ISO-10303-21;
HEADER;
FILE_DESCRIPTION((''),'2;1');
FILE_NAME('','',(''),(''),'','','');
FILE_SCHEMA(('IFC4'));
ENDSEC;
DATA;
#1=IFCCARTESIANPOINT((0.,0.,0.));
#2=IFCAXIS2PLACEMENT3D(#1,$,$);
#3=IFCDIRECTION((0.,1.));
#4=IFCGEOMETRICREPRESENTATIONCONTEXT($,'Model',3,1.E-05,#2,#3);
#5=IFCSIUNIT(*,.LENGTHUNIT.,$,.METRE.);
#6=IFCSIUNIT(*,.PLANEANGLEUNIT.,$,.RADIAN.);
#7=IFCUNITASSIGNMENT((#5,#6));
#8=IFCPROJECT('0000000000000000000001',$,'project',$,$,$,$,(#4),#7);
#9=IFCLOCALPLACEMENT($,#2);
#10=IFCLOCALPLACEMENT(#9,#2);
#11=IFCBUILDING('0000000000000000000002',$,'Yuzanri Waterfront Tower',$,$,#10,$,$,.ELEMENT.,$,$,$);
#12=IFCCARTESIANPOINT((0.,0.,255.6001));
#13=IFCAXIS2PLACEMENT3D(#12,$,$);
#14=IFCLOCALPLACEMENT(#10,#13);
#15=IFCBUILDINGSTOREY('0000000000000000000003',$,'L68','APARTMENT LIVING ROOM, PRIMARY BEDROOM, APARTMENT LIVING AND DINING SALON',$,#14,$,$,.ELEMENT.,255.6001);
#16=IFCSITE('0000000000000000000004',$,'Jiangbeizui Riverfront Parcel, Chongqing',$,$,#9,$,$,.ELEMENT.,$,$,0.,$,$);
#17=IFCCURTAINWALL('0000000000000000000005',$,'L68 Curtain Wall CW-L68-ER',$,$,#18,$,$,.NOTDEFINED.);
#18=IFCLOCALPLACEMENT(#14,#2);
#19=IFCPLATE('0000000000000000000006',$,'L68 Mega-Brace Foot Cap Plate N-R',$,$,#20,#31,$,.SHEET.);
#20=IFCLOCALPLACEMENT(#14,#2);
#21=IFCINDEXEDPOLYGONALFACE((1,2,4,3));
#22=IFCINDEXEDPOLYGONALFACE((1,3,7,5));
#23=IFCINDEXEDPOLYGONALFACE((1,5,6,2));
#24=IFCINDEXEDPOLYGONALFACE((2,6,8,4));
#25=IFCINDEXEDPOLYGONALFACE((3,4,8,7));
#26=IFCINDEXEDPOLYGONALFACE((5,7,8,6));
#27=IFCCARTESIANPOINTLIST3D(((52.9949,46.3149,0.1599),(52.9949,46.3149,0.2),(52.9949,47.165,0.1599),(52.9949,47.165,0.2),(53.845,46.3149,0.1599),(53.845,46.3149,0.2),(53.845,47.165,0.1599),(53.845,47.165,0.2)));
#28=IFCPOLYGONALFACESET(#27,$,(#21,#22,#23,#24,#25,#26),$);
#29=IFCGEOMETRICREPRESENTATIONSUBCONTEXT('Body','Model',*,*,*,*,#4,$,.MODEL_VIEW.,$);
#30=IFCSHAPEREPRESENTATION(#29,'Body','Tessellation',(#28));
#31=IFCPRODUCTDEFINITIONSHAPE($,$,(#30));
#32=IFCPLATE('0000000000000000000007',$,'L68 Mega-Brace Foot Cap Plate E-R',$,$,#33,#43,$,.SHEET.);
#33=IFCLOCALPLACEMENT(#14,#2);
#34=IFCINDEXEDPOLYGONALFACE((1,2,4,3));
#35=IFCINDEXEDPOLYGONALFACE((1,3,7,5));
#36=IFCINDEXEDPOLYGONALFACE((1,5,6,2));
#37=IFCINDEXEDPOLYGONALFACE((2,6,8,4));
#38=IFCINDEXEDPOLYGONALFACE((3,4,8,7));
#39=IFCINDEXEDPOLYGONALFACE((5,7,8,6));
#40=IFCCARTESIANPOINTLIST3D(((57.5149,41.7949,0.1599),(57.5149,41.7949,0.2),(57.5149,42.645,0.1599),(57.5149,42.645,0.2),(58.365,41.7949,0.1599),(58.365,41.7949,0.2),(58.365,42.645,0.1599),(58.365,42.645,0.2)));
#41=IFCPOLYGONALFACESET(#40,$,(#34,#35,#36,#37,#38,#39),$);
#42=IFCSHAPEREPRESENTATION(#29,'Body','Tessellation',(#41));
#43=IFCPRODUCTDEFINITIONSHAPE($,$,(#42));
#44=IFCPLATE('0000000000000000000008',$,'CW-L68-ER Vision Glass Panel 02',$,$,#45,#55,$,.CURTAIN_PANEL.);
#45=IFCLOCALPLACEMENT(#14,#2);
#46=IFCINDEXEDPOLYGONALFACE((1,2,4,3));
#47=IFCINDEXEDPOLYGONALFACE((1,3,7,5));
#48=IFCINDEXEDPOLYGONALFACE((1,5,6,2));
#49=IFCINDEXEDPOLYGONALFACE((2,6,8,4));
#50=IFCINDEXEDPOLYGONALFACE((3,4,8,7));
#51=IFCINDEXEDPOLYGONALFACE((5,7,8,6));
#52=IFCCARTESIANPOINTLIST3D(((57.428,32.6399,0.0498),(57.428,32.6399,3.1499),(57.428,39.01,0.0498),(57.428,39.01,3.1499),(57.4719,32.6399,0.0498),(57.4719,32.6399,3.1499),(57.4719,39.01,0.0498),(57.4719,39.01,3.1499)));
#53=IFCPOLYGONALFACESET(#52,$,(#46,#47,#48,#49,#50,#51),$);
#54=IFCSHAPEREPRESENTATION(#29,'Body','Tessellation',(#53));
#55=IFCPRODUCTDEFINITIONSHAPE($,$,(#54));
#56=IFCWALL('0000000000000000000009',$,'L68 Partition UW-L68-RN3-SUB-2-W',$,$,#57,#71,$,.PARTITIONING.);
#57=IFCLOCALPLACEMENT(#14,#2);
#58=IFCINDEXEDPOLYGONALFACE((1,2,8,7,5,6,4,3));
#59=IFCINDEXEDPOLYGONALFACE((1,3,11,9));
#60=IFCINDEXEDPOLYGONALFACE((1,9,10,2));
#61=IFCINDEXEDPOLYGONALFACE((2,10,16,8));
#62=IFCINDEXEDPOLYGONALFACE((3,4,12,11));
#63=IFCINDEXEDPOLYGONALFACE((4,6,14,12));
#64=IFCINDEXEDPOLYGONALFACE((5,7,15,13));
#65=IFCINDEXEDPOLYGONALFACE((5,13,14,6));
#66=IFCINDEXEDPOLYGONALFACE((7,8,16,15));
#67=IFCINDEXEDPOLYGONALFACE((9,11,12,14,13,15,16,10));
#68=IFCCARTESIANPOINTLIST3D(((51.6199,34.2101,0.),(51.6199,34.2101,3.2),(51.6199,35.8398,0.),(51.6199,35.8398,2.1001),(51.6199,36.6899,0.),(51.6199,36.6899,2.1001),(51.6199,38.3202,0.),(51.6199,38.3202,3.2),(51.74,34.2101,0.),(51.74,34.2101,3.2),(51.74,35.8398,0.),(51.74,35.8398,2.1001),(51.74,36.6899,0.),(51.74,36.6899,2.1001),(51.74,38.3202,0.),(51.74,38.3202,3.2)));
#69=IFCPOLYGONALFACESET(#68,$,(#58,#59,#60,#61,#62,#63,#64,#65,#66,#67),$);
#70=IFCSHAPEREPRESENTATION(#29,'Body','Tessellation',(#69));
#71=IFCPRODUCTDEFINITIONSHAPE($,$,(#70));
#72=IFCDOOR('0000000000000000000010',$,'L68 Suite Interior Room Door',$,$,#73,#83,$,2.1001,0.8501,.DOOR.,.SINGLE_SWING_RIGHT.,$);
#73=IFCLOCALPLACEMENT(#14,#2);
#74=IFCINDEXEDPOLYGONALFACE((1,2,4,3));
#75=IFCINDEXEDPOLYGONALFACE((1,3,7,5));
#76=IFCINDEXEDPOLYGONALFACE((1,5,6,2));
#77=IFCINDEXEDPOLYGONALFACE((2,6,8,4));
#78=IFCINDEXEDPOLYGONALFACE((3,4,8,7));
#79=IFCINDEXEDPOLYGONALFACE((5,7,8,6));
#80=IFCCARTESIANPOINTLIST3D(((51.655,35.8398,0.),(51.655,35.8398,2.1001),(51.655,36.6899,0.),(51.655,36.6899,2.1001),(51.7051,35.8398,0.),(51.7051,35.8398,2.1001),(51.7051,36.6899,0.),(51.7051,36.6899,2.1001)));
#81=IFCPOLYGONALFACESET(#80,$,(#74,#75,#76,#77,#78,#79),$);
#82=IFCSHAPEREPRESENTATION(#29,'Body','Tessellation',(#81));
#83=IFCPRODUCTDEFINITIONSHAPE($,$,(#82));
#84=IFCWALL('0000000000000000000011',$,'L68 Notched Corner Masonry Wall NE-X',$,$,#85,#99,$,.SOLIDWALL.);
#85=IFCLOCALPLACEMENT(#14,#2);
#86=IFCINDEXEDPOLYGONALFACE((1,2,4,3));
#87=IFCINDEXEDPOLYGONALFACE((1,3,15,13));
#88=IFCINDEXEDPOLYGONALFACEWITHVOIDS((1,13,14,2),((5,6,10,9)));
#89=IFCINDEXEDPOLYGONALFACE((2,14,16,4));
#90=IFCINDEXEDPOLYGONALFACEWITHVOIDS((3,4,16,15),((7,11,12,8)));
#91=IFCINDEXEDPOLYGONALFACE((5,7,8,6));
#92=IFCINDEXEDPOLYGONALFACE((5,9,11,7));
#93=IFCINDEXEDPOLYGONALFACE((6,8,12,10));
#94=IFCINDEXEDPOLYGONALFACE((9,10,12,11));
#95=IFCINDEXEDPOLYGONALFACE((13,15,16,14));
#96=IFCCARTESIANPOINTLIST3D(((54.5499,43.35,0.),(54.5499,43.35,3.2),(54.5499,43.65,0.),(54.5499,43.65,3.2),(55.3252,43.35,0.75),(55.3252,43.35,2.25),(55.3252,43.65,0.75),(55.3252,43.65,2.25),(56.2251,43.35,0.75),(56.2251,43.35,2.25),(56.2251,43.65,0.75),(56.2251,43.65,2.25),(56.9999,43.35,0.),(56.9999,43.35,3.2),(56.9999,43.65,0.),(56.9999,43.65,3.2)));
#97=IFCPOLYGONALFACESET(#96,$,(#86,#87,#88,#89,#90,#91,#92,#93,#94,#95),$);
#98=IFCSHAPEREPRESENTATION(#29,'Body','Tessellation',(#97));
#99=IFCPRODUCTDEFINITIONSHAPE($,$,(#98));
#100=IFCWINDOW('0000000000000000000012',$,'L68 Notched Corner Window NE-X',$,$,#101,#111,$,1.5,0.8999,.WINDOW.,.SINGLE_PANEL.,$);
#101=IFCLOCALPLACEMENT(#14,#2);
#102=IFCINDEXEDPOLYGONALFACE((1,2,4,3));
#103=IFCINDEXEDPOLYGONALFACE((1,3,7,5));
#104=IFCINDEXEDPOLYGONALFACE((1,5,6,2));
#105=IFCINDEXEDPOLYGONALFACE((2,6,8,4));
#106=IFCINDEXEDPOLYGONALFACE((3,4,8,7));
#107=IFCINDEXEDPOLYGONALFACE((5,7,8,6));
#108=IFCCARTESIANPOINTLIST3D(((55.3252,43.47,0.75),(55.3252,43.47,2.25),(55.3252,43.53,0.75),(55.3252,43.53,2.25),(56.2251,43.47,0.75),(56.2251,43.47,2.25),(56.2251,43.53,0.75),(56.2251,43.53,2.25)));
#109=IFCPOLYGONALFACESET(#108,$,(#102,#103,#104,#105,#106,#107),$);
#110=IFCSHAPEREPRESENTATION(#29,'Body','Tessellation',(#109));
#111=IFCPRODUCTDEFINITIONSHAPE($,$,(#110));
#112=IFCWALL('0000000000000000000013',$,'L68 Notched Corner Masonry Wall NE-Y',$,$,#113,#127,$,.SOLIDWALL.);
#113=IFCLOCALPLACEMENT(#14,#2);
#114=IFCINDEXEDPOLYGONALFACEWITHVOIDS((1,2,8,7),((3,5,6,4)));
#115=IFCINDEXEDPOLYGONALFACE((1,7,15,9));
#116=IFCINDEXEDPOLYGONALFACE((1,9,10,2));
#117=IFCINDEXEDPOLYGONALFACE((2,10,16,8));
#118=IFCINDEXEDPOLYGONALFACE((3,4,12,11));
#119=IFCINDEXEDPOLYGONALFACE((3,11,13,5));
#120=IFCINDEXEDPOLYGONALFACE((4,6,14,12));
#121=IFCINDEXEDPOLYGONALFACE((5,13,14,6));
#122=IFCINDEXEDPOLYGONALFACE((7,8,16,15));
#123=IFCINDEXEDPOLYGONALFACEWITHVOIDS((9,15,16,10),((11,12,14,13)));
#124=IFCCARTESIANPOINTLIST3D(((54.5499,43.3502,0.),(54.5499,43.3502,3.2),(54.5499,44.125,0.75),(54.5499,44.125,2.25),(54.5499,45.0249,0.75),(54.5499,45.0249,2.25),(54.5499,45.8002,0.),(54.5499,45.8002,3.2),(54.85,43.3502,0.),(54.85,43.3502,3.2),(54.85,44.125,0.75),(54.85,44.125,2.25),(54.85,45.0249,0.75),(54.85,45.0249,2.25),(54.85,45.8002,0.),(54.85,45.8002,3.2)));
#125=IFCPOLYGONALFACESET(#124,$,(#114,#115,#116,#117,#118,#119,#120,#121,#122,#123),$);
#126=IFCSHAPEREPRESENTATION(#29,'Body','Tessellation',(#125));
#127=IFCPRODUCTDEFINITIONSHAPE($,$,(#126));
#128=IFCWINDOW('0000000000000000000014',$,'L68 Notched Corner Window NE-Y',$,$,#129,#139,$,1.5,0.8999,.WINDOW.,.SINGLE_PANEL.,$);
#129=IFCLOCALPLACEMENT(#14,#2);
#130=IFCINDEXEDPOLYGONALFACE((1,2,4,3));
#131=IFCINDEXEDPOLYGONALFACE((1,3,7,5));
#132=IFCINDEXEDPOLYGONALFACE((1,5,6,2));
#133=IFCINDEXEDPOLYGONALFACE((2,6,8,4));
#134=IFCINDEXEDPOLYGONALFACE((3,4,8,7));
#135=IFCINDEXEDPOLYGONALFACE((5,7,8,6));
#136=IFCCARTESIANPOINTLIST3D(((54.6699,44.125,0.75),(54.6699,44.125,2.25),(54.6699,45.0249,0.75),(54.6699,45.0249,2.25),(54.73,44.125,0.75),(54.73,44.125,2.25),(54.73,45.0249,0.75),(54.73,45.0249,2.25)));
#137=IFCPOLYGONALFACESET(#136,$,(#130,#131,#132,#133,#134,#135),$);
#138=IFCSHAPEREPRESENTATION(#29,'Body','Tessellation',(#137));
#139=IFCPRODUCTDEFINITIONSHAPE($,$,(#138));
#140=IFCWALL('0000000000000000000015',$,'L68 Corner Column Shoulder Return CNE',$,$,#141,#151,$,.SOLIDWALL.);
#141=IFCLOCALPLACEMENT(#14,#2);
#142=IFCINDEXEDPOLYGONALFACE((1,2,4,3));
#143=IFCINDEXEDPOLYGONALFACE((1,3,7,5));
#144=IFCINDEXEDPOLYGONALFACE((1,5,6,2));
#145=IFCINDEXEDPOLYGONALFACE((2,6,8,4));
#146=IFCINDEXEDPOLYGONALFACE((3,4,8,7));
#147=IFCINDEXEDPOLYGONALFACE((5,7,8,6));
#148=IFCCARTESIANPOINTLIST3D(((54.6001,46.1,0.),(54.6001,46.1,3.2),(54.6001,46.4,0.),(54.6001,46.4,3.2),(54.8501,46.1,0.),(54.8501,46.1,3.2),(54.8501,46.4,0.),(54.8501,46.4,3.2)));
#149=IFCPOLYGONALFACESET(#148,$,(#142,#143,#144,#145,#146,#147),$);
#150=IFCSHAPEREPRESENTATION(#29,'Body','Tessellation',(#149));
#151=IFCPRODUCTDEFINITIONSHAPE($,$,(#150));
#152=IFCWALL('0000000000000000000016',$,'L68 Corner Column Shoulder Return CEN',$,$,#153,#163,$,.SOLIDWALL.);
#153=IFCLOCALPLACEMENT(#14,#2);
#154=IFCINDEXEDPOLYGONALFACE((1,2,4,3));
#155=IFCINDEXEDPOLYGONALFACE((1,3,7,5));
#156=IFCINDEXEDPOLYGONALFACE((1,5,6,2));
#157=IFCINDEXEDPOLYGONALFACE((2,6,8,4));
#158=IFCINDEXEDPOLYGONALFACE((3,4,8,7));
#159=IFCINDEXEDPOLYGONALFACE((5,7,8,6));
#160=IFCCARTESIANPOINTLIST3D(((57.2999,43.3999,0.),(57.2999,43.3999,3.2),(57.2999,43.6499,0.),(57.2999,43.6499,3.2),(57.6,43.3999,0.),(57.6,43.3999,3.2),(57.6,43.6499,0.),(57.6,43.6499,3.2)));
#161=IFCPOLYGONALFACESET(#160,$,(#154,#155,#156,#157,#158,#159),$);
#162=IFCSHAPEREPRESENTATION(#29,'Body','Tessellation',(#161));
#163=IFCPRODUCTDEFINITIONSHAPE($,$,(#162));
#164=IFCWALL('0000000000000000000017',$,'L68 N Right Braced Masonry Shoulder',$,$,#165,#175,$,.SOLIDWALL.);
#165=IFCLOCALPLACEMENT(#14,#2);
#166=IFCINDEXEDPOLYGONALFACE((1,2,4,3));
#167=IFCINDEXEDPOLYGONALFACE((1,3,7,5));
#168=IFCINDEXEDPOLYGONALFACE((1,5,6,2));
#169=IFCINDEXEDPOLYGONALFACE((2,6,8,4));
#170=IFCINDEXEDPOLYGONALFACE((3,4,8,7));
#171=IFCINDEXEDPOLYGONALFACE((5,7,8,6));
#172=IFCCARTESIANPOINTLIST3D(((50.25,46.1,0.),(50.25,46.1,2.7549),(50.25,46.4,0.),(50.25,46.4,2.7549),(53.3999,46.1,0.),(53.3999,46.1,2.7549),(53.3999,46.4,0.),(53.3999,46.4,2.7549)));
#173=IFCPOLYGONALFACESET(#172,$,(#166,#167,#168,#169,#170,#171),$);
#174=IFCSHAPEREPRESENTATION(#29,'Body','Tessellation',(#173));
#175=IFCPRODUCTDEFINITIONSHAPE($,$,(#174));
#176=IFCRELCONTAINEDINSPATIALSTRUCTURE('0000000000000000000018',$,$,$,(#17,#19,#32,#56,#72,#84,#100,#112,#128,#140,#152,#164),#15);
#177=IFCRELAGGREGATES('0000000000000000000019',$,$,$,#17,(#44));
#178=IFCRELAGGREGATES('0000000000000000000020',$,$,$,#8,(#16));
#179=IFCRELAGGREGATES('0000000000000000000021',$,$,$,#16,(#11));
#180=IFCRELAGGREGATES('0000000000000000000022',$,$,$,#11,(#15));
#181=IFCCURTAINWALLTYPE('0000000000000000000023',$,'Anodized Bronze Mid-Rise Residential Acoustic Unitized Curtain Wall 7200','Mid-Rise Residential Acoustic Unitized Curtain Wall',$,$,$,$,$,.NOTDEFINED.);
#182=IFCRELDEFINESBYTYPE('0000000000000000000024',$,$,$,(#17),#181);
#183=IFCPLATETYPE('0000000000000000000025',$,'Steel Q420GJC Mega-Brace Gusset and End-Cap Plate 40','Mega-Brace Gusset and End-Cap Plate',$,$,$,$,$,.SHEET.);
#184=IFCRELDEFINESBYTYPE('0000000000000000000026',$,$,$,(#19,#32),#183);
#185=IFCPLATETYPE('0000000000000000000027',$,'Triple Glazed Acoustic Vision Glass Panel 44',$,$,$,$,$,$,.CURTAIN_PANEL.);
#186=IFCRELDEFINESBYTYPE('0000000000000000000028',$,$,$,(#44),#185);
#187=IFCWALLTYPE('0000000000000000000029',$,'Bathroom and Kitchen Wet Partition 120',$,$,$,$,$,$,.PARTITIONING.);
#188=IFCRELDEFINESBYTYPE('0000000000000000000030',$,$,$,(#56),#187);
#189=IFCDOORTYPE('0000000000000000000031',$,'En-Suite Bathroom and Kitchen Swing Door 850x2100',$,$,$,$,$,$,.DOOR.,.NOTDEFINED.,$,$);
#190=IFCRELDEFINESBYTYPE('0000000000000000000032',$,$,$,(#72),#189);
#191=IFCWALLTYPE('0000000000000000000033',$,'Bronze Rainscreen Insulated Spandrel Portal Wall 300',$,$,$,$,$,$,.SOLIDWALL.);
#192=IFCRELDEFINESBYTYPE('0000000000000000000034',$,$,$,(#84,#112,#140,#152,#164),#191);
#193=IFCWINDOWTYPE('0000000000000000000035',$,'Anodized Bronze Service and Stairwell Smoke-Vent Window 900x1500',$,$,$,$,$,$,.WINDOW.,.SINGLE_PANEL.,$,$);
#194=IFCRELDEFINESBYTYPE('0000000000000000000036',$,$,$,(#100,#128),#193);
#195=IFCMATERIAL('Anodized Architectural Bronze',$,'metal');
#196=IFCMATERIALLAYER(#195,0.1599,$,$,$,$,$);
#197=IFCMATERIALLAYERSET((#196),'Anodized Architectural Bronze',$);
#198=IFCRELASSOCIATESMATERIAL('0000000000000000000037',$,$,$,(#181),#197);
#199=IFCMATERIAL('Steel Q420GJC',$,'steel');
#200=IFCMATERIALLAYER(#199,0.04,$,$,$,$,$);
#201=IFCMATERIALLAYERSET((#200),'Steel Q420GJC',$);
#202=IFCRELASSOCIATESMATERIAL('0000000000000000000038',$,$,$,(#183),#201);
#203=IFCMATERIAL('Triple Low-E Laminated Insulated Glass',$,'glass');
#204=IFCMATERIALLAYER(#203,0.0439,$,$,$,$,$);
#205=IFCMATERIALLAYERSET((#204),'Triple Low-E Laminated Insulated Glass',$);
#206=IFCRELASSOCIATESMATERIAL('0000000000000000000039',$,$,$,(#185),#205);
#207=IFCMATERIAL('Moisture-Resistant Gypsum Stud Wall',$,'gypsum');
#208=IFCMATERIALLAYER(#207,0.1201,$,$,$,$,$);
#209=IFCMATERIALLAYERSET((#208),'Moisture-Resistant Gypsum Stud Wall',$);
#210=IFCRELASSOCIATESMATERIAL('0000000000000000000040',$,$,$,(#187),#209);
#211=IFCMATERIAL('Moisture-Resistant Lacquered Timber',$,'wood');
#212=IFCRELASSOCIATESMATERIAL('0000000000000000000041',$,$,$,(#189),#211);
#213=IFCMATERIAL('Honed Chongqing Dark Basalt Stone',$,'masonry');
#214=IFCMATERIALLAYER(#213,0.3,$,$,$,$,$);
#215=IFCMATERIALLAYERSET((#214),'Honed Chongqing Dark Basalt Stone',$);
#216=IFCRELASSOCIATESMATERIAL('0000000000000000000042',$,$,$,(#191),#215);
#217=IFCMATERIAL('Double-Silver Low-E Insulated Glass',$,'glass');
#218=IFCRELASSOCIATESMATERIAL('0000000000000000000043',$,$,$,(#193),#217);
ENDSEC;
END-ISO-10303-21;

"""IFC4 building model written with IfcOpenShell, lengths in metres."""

from ifc_helpers import new_model, si_unit, direction, frame, frame_2d, origin, origin_2d, place, context, subcontext, project, spatial, rectangle, extrude, source, transform, mapped, material, layer, layer_set, type_object, element, fill, aggregate, save


model = new_model("IFC4")

# Units and contexts
model_context = context("Model", 3, precision=1e-05, world=origin(), true_north=direction((0.0, 1.0)))
body_context = subcontext(model_context, "Body", "Model", "MODEL_VIEW")
ifc_project = project(units=[si_unit("LENGTHUNIT", "METRE"), si_unit("PLANEANGLEUNIT", "RADIAN")], contexts=[model_context])

# Site, building, storey
site_placement = place(None, origin())
site = spatial("IfcSite", under=ifc_project, at=site_placement, Name="Jiangbeizui Riverfront Parcel, Chongqing", CompositionType="ELEMENT", RefElevation=0.0)
building_placement = place(site_placement, origin())
building = spatial("IfcBuilding", under=site, at=building_placement, Name="Yuzanri Waterfront Tower", CompositionType="ELEMENT")
storey_placement = place(building_placement, frame((0.0, 0.0, 255.6001)))
storey = spatial("IfcBuildingStorey", under=building, at=storey_placement, Name="L68", Description="APARTMENT LIVING ROOM, PRIMARY BEDROOM, APARTMENT LIVING AND DINING SALON", CompositionType="ELEMENT", Elevation=255.6001)

# Curtain wall
ifc_material_1 = material(Name="Anodized Architectural Bronze", Category="metal")
ifc_layer_1 = layer(ifc_material_1, 0.1599)
ifc_layer_set_1 = layer_set([ifc_layer_1], Name="Anodized Architectural Bronze")
curtain_wall_type = type_object("IfcCurtainWallType", Name="Anodized Bronze Mid-Rise Residential Acoustic Unitized Curtain Wall 7200", Description="Mid-Rise Residential Acoustic Unitized Curtain Wall", PredefinedType="NOTDEFINED", material=ifc_layer_set_1)
curtain_wall_1_placement = place(storey_placement, origin())
curtain_wall_1 = element("IfcCurtainWall", 1, at=curtain_wall_1_placement, inside=storey, type_object=curtain_wall_type, Name="L68 Curtain Wall CW-L68-ER", PredefinedType="NOTDEFINED")

# Plates
ifc_material_2 = material(Name="Steel Q420GJC", Category="steel")
ifc_layer_2 = layer(ifc_material_2, 0.04)
ifc_layer_set_2 = layer_set([ifc_layer_2], Name="Steel Q420GJC")
plate_type_1 = type_object("IfcPlateType", Name="Steel Q420GJC Mega-Brace Gusset and End-Cap Plate 40", Description="Mega-Brace Gusset and End-Cap Plate", PredefinedType="SHEET", material=ifc_layer_set_2)
shared_shape_1 = source(origin(), body_context, "Body", "SweptSolid", [
    extrude(rectangle(XDim=0.8501, YDim=0.8501, at=origin_2d()), origin(), (0.0, 0.0, 1.0), 0.04),
])
for number, where, z_axis, x_axis, name in (
    (2, (53.4199, 46.74, 0.1599), (0.0, 0.0, 1.0), (1.0, 0.0, 0.0), "L68 Mega-Brace Foot Cap Plate N-R"),
    (3, (57.9399, 42.22, 0.1599), (0.0, 0.0, 1.0), (1.0, 0.0, 0.0), "L68 Mega-Brace Foot Cap Plate E-R"),
):
    element("IfcPlate", number, at=place(storey_placement, frame(where, z_axis=z_axis, x_axis=x_axis)), inside=storey, type_object=plate_type_1, Name=name, PredefinedType="SHEET", context=body_context, shape_type="MappedRepresentation", body=[
        mapped(shared_shape_1, transform((0.0, 0.0, 0.0), scale=1.0)),
    ])

# Plate
ifc_material_3 = material(Name="Triple Low-E Laminated Insulated Glass", Category="glass")
ifc_layer_3 = layer(ifc_material_3, 0.0439)
ifc_layer_set_3 = layer_set([ifc_layer_3], Name="Triple Low-E Laminated Insulated Glass")
plate_type_2 = type_object("IfcPlateType", Name="Triple Glazed Acoustic Vision Glass Panel 44", PredefinedType="CURTAIN_PANEL", material=ifc_layer_set_3)
shared_shape_2 = source(origin(), body_context, "Body", "SweptSolid", [
    extrude(rectangle(XDim=6.3701, YDim=0.0439, at=origin_2d()), origin(), (0.0, 0.0, 1.0), 3.1001),
])
plate_placement = place(storey_placement, frame((57.45, 35.825, 0.0498), z_axis=(0.0, 0.0, 1.0), x_axis=(0.0, 1.0, 0.0)))
plate = element("IfcPlate", 4, at=plate_placement, type_object=plate_type_2, Name="CW-L68-ER Vision Glass Panel 02", PredefinedType="CURTAIN_PANEL", context=body_context, shape_type="MappedRepresentation", body=[
    mapped(shared_shape_2, transform((0.0, 0.0, 0.0), scale=1.0)),
])
aggregate(curtain_wall_1, [plate])

# Wall, opening, door
ifc_material_4 = material(Name="Moisture-Resistant Gypsum Stud Wall", Category="gypsum")
ifc_layer_4 = layer(ifc_material_4, 0.1201)
ifc_layer_set_4 = layer_set([ifc_layer_4], Name="Moisture-Resistant Gypsum Stud Wall")
wall_type_1 = type_object("IfcWallType", Name="Bathroom and Kitchen Wet Partition 120", PredefinedType="PARTITIONING", material=ifc_layer_set_4)
wall_1_placement = place(storey_placement, frame((51.6799, 34.21, 0.0), z_axis=(0.0, 0.0, 1.0), x_axis=(0.0, 1.0, 0.0)))
wall_1 = element("IfcWall", 5, at=wall_1_placement, inside=storey, type_object=wall_type_1, Name="L68 Partition UW-L68-RN3-SUB-2-W", PredefinedType="PARTITIONING", context=body_context, shape_type="SweptSolid", body=[
    extrude(rectangle(XDim=4.1101, YDim=0.1201, at=frame_2d((2.0552, 0.0))), origin(), (0.0, 0.0, 1.0), 3.2),
])
opening_1_placement = place(wall_1_placement, frame((1.6299, 0.0, 0.0)))
opening_1 = element("IfcOpeningElement", 6, at=opening_1_placement, cuts=wall_1, PredefinedType="OPENING", context=body_context, shape_type="SweptSolid", body=[
    extrude(rectangle(XDim=0.8501, YDim=2.1001, at=frame_2d((0.425, 1.05))), frame((0.0, 0.075, 0.0), z_axis=(0.0, -1.0, 0.0), x_axis=(1.0, 0.0, 0.0)), (0.0, 0.0, 1.0), 0.1499),
])
ifc_material_5 = material(Name="Moisture-Resistant Lacquered Timber", Category="wood")
door_type = type_object("IfcDoorType", Name="En-Suite Bathroom and Kitchen Swing Door 850x2100", OperationType="NOTDEFINED", PredefinedType="DOOR", material=ifc_material_5)
shared_shape_3 = source(origin(), body_context, "Body", "SweptSolid", [
    extrude(rectangle(XDim=0.8501, YDim=2.1001, at=frame_2d((0.425, 1.05))), frame((0.0, 0.0249, 0.0), z_axis=(0.0, -1.0, 0.0), x_axis=(1.0, 0.0, 0.0)), (0.0, 0.0, 1.0), 0.05),
])
door_placement = place(opening_1_placement, origin())
door = element("IfcDoor", 7, at=door_placement, inside=storey, type_object=door_type, Name="L68 Suite Interior Room Door", OperationType="SINGLE_SWING_RIGHT", OverallHeight=2.1001, OverallWidth=0.8501, PredefinedType="DOOR", context=body_context, shape_type="MappedRepresentation", body=[
    mapped(shared_shape_3, transform((0.0, 0.0, 0.0), scale=1.0)),
])
fill(opening_1, door)

# Walls, openings, windows
ifc_material_6 = material(Name="Honed Chongqing Dark Basalt Stone", Category="masonry")
ifc_layer_5 = layer(ifc_material_6, 0.3)
ifc_layer_set_5 = layer_set([ifc_layer_5], Name="Honed Chongqing Dark Basalt Stone")
wall_type_2 = type_object("IfcWallType", Name="Bronze Rainscreen Insulated Spandrel Portal Wall 300", PredefinedType="SOLIDWALL", material=ifc_layer_set_5)
wall_2_placement = place(storey_placement, frame((57.0, 43.5, 0.0), z_axis=(0.0, 0.0, 1.0), x_axis=(-1.0, 0.0, 0.0)))
wall_2 = element("IfcWall", 8, at=wall_2_placement, inside=storey, type_object=wall_type_2, Name="L68 Notched Corner Masonry Wall NE-X", PredefinedType="SOLIDWALL", context=body_context, shape_type="SweptSolid", body=[
    extrude(rectangle(XDim=2.45, YDim=0.3, at=frame_2d((1.2251, 0.0))), origin(), (0.0, 0.0, 1.0), 3.2),
])
opening_2_placement = place(wall_2_placement, frame((0.7749, 0.0, 0.75)))
opening_2 = element("IfcOpeningElement", 9, at=opening_2_placement, cuts=wall_2, PredefinedType="OPENING", context=body_context, shape_type="SweptSolid", body=[
    extrude(rectangle(XDim=0.8999, YDim=1.5, at=frame_2d((0.45, 0.75))), frame((0.0, 0.165, 0.0), z_axis=(0.0, -1.0, 0.0), x_axis=(1.0, 0.0, 0.0)), (0.0, 0.0, 1.0), 0.3298),
])
ifc_material_7 = material(Name="Double-Silver Low-E Insulated Glass", Category="glass")
window_type = type_object("IfcWindowType", Name="Anodized Bronze Service and Stairwell Smoke-Vent Window 900x1500", PartitioningType="SINGLE_PANEL", PredefinedType="WINDOW", material=ifc_material_7)
shared_shape_4 = source(origin(), body_context, "Body", "SweptSolid", [
    extrude(rectangle(XDim=0.8999, YDim=1.5, at=frame_2d((0.45, 0.75))), frame((0.0, 0.03, 0.0), z_axis=(0.0, -1.0, 0.0), x_axis=(1.0, 0.0, 0.0)), (0.0, 0.0, 1.0), 0.0601),
])
window_1_placement = place(opening_2_placement, origin())
window_1 = element("IfcWindow", 10, at=window_1_placement, inside=storey, type_object=window_type, Name="L68 Notched Corner Window NE-X", OverallHeight=1.5, OverallWidth=0.8999, PartitioningType="SINGLE_PANEL", PredefinedType="WINDOW", context=body_context, shape_type="MappedRepresentation", body=[
    mapped(shared_shape_4, transform((0.0, 0.0, 0.0), scale=1.0)),
])
fill(opening_2, window_1)
wall_3_placement = place(storey_placement, frame((54.7, 43.3501, 0.0), z_axis=(0.0, 0.0, 1.0), x_axis=(0.0, 1.0, 0.0)))
wall_3 = element("IfcWall", 11, at=wall_3_placement, inside=storey, type_object=wall_type_2, Name="L68 Notched Corner Masonry Wall NE-Y", PredefinedType="SOLIDWALL", context=body_context, shape_type="SweptSolid", body=[
    extrude(rectangle(XDim=2.45, YDim=0.3, at=frame_2d((1.2251, 0.0))), origin(), (0.0, 0.0, 1.0), 3.2),
])
opening_3_placement = place(wall_3_placement, frame((0.7749, 0.0, 0.75)))
opening_3 = element("IfcOpeningElement", 12, at=opening_3_placement, cuts=wall_3, PredefinedType="OPENING", context=body_context, shape_type="SweptSolid", body=[
    extrude(rectangle(XDim=0.8999, YDim=1.5, at=frame_2d((0.45, 0.75))), frame((0.0, 0.165, 0.0), z_axis=(0.0, -1.0, 0.0), x_axis=(1.0, 0.0, 0.0)), (0.0, 0.0, 1.0), 0.3298),
])
window_2_placement = place(opening_3_placement, origin())
window_2 = element("IfcWindow", 13, at=window_2_placement, inside=storey, type_object=window_type, Name="L68 Notched Corner Window NE-Y", OverallHeight=1.5, OverallWidth=0.8999, PartitioningType="SINGLE_PANEL", PredefinedType="WINDOW", context=body_context, shape_type="MappedRepresentation", body=[
    mapped(shared_shape_4, transform((0.0, 0.0, 0.0), scale=1.0)),
])
fill(opening_3, window_2)

# Walls
shared_shape_5 = source(origin(), body_context, "Body", "SweptSolid", [
    extrude(rectangle(XDim=0.25, YDim=0.3, at=frame_2d((0.125, 0.0))), origin(), (0.0, 0.0, 1.0), 3.2),
])
for number, where, z_axis, x_axis, name in (
    (14, (54.6001, 46.25, 0.0), (0.0, 0.0, 1.0), (1.0, 0.0, 0.0), "L68 Corner Column Shoulder Return CNE"),
    (15, (57.45, 43.3999, 0.0), (0.0, 0.0, 1.0), (0.0, 1.0, 0.0), "L68 Corner Column Shoulder Return CEN"),
):
    element("IfcWall", number, at=place(storey_placement, frame(where, z_axis=z_axis, x_axis=x_axis)), inside=storey, type_object=wall_type_2, Name=name, PredefinedType="SOLIDWALL", context=body_context, shape_type="MappedRepresentation", body=[
        mapped(shared_shape_5, transform((0.0, 0.0, 0.0), scale=1.0)),
    ])
shared_shape_6 = source(origin(), body_context, "Body", "SweptSolid", [
    extrude(rectangle(XDim=3.1499, YDim=0.3, at=frame_2d((1.575, 0.0))), origin(), (0.0, 0.0, 1.0), 2.7549),
])
for number, where, z_axis, x_axis, name in (
    (16, (50.25, 46.25, 0.0), (0.0, 0.0, 1.0), (1.0, 0.0, 0.0), "L68 N Right Braced Masonry Shoulder"),
):
    element("IfcWall", number, at=place(storey_placement, frame(where, z_axis=z_axis, x_axis=x_axis)), inside=storey, type_object=wall_type_2, Name=name, PredefinedType="SOLIDWALL", context=body_context, shape_type="MappedRepresentation", body=[
        mapped(shared_shape_6, transform((0.0, 0.0, 0.0), scale=1.0)),
    ])

save(model, "model.ifc")
